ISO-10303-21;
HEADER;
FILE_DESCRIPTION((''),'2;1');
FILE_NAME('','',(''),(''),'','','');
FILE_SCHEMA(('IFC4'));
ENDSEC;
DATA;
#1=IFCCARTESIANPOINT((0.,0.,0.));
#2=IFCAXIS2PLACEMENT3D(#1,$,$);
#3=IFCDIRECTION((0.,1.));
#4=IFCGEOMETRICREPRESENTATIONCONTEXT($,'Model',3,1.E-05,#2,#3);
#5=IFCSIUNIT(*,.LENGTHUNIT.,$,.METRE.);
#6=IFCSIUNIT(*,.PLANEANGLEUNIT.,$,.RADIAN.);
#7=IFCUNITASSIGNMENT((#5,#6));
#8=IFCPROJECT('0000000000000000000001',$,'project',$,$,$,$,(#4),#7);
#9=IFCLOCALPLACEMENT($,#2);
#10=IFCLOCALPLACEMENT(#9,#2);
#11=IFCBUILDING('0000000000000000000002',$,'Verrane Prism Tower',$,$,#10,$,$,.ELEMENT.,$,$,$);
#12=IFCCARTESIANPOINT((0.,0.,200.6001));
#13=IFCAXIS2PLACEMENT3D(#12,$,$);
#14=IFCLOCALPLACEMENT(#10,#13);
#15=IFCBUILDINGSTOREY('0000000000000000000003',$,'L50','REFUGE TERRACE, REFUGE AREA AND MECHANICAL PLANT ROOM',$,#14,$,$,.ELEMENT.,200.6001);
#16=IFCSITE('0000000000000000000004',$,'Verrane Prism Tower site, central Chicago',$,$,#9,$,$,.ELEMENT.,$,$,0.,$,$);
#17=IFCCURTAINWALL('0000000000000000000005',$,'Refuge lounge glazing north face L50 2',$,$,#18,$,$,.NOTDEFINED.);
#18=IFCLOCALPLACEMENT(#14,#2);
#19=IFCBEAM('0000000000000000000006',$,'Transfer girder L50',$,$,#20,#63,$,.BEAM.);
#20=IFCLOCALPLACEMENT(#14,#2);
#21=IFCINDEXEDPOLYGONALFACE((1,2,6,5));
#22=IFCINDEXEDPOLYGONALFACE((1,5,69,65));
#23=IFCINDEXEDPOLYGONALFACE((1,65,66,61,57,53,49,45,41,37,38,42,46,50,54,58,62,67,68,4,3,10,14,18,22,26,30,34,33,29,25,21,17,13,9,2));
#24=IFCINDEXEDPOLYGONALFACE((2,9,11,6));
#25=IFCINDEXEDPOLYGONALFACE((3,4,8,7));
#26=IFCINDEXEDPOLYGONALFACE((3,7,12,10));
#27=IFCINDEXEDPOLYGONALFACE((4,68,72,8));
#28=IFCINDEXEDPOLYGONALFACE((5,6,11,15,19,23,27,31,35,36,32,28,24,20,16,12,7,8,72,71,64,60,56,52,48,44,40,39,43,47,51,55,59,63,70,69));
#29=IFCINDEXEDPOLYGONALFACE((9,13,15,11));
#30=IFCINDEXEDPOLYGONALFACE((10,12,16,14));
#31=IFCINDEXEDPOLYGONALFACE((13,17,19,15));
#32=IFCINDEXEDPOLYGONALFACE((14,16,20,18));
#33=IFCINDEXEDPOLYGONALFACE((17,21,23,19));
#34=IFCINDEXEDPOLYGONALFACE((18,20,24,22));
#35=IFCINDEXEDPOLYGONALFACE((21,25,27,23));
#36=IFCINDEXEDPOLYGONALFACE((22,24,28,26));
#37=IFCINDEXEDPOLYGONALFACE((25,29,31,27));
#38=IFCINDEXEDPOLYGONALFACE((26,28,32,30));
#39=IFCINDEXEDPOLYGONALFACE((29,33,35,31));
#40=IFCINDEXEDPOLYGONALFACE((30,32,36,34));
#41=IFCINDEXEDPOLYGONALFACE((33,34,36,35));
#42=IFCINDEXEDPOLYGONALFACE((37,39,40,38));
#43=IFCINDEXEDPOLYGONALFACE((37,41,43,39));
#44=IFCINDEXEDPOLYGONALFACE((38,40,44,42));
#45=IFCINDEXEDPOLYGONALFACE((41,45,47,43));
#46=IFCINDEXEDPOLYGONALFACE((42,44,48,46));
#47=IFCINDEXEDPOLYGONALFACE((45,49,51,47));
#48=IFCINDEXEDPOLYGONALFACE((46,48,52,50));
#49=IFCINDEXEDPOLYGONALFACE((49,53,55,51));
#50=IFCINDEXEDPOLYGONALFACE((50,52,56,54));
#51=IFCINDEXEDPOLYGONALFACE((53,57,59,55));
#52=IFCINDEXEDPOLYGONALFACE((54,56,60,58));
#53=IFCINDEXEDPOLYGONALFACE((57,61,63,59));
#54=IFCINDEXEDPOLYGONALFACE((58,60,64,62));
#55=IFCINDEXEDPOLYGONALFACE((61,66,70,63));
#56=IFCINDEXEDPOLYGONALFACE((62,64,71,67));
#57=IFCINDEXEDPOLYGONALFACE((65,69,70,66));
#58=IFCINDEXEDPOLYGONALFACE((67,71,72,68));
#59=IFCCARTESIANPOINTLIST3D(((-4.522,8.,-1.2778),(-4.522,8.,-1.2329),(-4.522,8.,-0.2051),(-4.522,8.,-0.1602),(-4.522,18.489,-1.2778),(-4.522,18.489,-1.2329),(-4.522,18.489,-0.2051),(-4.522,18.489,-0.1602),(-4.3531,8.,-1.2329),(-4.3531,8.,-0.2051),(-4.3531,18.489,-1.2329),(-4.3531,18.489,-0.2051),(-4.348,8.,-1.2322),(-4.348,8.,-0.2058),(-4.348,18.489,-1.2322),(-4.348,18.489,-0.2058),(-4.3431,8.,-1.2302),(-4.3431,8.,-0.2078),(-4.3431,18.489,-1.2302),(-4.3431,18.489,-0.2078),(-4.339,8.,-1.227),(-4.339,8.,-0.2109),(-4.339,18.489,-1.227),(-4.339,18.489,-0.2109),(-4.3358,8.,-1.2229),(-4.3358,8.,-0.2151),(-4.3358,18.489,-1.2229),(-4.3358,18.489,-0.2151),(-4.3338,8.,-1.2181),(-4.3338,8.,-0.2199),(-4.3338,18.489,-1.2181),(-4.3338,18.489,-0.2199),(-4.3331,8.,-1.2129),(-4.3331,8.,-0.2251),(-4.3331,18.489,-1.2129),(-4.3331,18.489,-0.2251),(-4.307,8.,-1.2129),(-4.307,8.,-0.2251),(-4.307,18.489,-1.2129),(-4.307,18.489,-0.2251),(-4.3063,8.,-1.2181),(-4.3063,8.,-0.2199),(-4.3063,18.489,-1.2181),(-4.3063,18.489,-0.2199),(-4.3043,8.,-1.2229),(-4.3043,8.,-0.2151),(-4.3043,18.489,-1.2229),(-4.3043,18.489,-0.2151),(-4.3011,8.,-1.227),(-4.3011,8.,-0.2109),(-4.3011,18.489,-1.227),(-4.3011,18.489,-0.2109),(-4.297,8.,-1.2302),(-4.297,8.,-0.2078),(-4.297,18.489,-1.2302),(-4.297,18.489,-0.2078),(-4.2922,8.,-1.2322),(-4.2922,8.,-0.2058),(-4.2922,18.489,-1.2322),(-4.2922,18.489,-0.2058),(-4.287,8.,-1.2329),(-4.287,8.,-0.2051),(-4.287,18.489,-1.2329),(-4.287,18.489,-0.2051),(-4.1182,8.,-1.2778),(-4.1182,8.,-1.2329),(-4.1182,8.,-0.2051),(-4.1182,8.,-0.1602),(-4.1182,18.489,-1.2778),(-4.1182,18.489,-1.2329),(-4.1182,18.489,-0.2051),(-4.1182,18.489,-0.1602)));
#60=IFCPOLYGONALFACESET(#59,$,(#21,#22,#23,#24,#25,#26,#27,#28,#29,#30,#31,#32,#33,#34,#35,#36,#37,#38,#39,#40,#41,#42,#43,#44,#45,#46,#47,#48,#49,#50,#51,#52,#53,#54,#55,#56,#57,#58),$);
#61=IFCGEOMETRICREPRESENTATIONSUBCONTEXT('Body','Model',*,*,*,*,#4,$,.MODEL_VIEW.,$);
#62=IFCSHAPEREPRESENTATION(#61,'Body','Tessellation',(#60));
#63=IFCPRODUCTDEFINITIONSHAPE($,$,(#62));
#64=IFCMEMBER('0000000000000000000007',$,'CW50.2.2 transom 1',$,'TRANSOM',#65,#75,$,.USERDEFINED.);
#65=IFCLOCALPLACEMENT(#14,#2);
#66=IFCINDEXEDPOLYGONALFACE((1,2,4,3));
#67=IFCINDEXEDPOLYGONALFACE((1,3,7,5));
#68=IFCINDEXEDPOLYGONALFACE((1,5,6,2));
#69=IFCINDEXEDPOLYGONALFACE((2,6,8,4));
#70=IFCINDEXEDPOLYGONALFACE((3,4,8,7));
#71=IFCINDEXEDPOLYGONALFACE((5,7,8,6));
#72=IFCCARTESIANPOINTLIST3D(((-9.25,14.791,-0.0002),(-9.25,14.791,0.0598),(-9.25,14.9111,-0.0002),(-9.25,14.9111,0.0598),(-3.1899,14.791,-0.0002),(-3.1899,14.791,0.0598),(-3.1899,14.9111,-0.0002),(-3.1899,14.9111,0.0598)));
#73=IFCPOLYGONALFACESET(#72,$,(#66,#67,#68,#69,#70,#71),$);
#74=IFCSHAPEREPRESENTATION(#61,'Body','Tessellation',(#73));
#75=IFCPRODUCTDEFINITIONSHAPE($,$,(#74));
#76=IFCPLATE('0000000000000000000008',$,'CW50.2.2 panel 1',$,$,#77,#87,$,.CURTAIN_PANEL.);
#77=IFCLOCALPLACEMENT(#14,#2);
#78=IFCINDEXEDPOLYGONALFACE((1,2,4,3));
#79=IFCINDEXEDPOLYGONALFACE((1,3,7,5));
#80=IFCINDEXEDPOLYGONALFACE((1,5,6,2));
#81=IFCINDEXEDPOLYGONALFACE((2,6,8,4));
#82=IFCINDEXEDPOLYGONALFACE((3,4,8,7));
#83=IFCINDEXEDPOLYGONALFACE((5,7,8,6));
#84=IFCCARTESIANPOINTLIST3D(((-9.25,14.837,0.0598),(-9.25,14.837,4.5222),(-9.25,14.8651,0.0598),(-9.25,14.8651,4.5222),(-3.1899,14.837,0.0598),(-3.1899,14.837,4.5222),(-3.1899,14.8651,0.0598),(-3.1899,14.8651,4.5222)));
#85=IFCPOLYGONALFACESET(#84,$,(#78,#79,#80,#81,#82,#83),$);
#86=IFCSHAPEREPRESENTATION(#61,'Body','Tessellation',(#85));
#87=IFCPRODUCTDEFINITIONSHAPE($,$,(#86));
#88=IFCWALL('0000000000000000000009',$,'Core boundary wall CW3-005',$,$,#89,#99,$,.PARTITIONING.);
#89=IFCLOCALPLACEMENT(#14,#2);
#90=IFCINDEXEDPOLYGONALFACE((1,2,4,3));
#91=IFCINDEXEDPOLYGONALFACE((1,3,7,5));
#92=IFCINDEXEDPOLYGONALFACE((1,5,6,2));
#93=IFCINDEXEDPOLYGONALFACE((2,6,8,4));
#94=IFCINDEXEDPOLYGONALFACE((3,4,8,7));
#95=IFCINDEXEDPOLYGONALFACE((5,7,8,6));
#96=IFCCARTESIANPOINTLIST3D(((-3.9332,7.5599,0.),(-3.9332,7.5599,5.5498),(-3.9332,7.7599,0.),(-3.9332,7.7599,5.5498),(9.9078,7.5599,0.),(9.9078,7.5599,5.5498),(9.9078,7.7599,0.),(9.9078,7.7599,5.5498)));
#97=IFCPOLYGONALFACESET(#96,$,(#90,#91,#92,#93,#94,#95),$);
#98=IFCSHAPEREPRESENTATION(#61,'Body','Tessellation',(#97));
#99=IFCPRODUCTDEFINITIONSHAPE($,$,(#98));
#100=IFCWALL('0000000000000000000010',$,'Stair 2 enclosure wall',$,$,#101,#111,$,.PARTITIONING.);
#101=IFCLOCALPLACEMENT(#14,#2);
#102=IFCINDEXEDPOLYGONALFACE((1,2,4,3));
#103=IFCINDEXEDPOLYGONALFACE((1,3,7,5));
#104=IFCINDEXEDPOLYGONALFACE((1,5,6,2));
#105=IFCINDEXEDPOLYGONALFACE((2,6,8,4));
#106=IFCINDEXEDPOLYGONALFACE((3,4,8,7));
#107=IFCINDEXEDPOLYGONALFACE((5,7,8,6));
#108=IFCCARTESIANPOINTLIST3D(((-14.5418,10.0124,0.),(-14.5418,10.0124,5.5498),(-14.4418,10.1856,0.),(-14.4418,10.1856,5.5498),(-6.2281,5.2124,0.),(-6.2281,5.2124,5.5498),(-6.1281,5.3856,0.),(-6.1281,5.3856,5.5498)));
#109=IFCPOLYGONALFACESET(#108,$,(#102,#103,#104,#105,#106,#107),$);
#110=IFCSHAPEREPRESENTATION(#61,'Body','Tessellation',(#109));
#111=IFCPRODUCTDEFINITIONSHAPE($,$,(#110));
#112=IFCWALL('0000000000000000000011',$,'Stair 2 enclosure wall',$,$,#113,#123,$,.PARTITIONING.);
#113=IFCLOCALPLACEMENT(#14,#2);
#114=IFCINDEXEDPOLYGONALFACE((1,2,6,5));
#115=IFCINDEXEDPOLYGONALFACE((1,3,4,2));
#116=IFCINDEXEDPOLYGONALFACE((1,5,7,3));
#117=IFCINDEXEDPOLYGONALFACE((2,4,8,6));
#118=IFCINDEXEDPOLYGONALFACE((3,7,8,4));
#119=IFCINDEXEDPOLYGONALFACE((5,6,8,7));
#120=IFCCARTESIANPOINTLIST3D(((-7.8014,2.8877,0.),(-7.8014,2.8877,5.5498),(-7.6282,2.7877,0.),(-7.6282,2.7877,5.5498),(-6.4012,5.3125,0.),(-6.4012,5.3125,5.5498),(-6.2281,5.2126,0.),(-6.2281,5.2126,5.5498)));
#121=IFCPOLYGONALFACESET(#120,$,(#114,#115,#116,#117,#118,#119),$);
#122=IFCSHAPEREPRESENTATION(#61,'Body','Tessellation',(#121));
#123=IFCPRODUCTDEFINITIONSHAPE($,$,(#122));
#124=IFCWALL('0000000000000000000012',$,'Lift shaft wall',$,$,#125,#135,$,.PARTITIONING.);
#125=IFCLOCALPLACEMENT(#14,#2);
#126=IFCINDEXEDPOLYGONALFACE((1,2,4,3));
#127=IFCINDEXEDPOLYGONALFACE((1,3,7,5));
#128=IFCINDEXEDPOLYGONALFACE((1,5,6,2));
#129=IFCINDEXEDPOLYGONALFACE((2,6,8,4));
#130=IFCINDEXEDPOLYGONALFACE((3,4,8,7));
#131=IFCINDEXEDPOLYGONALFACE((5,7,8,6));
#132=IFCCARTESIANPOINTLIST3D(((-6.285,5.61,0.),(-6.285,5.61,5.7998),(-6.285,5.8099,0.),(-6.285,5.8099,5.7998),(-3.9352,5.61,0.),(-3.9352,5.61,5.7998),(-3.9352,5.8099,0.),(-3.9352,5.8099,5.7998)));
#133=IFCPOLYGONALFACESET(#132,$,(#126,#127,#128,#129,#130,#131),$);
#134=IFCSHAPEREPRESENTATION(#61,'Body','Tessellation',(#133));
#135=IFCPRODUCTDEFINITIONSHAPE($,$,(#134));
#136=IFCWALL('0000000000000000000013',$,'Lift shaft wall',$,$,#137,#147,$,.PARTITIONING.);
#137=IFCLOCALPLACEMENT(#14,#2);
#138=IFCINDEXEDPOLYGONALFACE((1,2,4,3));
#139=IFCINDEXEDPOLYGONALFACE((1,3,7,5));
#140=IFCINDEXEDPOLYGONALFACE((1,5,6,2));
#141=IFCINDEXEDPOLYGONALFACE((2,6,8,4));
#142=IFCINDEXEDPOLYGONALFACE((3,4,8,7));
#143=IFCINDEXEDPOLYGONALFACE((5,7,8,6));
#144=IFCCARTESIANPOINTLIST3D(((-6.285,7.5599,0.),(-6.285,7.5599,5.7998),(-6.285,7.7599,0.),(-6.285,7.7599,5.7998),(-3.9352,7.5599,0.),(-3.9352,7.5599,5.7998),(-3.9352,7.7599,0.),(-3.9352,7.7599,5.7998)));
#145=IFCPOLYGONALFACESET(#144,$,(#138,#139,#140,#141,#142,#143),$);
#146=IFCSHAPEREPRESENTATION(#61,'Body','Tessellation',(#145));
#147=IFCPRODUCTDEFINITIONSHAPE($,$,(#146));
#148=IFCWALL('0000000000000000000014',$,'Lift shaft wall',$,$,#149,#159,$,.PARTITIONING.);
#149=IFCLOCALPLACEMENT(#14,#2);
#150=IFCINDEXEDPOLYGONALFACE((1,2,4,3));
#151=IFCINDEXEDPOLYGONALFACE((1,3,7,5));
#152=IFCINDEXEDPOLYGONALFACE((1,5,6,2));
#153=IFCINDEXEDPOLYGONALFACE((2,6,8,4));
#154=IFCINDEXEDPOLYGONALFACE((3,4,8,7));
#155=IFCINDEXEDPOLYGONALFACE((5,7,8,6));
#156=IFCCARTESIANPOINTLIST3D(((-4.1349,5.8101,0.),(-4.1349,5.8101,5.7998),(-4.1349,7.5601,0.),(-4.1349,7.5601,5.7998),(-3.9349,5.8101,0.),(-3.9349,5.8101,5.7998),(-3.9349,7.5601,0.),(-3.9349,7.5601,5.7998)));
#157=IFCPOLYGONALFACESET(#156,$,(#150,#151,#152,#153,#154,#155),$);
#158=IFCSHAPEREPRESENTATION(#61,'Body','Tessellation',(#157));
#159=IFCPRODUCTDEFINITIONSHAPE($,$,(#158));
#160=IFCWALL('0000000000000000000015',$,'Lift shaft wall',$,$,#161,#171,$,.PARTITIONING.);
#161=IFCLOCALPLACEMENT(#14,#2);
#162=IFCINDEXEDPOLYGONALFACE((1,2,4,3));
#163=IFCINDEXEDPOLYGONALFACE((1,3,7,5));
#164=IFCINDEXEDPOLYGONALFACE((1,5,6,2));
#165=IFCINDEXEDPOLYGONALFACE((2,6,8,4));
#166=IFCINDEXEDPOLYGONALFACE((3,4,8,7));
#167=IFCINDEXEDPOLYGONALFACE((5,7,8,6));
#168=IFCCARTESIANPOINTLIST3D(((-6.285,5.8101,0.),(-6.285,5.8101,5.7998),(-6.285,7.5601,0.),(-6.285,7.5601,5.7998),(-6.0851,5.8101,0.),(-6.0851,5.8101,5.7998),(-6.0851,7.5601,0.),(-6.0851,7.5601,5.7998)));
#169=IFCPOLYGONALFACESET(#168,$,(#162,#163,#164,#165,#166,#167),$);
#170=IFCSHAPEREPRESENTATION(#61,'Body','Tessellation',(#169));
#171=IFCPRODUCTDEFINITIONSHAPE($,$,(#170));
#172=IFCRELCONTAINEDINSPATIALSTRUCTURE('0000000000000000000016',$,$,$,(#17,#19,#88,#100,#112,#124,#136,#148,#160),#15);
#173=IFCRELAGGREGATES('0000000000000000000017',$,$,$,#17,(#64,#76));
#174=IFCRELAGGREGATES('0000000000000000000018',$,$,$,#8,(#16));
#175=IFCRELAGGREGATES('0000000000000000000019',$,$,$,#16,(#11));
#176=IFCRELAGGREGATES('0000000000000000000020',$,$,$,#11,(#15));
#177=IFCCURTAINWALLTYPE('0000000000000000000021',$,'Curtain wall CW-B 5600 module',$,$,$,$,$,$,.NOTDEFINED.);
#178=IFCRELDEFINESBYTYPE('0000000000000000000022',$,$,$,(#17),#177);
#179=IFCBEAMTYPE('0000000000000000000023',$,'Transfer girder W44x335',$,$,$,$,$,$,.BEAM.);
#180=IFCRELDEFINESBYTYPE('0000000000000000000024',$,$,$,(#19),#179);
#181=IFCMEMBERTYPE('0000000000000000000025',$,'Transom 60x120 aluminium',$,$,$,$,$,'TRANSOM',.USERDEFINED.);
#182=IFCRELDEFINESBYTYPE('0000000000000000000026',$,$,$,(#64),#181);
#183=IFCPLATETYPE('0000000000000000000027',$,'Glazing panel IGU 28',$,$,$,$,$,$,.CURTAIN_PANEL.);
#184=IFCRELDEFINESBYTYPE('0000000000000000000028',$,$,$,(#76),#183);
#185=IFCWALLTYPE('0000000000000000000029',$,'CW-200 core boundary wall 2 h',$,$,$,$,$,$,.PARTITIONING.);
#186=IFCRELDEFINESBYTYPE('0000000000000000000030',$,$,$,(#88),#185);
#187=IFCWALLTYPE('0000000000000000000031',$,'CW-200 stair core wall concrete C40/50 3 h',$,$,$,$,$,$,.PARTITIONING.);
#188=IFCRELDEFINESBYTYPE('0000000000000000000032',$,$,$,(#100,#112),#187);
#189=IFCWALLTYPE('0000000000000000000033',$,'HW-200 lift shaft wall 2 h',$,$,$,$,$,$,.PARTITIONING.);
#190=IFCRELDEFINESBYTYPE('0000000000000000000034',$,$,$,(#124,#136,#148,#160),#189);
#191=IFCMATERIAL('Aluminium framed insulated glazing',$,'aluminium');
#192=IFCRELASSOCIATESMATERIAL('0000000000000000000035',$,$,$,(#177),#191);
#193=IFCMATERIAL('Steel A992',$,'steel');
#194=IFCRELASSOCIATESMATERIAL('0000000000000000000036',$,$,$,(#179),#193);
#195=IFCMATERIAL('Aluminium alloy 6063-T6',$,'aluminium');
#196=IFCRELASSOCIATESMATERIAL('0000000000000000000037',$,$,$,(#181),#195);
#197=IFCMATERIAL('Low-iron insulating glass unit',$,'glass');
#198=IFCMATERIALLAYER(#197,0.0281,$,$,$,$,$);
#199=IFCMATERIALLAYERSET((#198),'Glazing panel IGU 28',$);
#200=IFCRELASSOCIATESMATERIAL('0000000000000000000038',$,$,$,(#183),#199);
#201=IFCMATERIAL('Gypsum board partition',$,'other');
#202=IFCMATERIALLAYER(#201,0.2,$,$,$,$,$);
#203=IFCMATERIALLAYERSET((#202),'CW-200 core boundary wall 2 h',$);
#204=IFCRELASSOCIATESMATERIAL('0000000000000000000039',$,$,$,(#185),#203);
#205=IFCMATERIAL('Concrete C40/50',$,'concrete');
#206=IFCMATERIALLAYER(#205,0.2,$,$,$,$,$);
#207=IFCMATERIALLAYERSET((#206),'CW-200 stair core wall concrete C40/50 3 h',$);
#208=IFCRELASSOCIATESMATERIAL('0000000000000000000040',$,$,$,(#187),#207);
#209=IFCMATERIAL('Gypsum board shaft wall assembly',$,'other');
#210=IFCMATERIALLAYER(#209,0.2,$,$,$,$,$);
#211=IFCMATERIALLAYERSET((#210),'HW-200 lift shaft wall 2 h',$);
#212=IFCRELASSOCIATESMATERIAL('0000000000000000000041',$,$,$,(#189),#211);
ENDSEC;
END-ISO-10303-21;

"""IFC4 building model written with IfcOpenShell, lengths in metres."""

from ifc_helpers import new_model, si_unit, direction, frame, frame_2d, origin, origin_2d, place, context, subcontext, project, spatial, rectangle, i_section, extrude, material, layer, layer_set, material_profile, profile_set, type_object, element, aggregate, save


model = new_model("IFC4")

# Units and contexts
model_context = context("Model", 3, precision=1e-05, world=origin(), true_north=direction((0.0, 1.0)))
body_context = subcontext(model_context, "Body", "Model", "MODEL_VIEW")
ifc_project = project(units=[si_unit("LENGTHUNIT", "METRE"), si_unit("PLANEANGLEUNIT", "RADIAN")], contexts=[model_context])

# Site, building, storey
site_placement = place(None, origin())
site = spatial("IfcSite", under=ifc_project, at=site_placement, Name="Verrane Prism Tower site, central Chicago", CompositionType="ELEMENT", RefElevation=0.0)
building_placement = place(site_placement, origin())
building = spatial("IfcBuilding", under=site, at=building_placement, Name="Verrane Prism Tower", CompositionType="ELEMENT")
storey_placement = place(building_placement, frame((0.0, 0.0, 200.6001)))
storey = spatial("IfcBuildingStorey", under=building, at=storey_placement, Name="L50", Description="REFUGE TERRACE, REFUGE AREA AND MECHANICAL PLANT ROOM", CompositionType="ELEMENT", Elevation=200.6001)

# Curtain wall
ifc_material_1 = material(Name="Aluminium framed insulated glazing", Category="aluminium")
curtain_wall_type = type_object("IfcCurtainWallType", Name="Curtain wall CW-B 5600 module", PredefinedType="NOTDEFINED", material=ifc_material_1)
curtain_wall_placement = place(storey_placement, origin())
curtain_wall = element("IfcCurtainWall", 1, at=curtain_wall_placement, inside=storey, type_object=curtain_wall_type, Name="Refuge lounge glazing north face L50 2", PredefinedType="NOTDEFINED")

# Beam
ifc_material_2 = material(Name="Steel A992", Category="steel")
ifc_material_profile_1 = material_profile(ifc_material_2, i_section(OverallWidth=0.4038, OverallDepth=1.1177, WebThickness=0.0261, FlangeThickness=0.0449, FilletRadius=0.02, at=origin_2d()), Name="W44x335")
ifc_profile_set_1 = profile_set([ifc_material_profile_1], Name="Steel A992")
beam_type_1 = type_object("IfcBeamType", Name="Transfer girder W44x335", PredefinedType="BEAM", material=ifc_profile_set_1)
beam_1_placement = place(storey_placement, frame((-4.3201, 18.489, -0.719), z_axis=(0.0, -1.0, 0.0), x_axis=(1.0, 0.0, 0.0)))
element("IfcBeam", 2, at=beam_1_placement, inside=storey, type_object=beam_type_1, Name="Transfer girder L50", PredefinedType="BEAM", context=body_context, shape_type="SweptSolid", body=[
    extrude(i_section(OverallWidth=0.4038, OverallDepth=1.1177, WebThickness=0.0261, FlangeThickness=0.0449, FilletRadius=0.02, at=origin_2d()), origin(), (0.0, 0.0, 1.0), 10.489),
])

# Member
ifc_material_3 = material(Name="Aluminium alloy 6063-T6", Category="aluminium")
ifc_material_profile_2 = material_profile(ifc_material_3, rectangle(XDim=0.1201, YDim=0.0601, at=origin_2d()), Name="Transom 60x120 aluminium")
ifc_profile_set_2 = profile_set([ifc_material_profile_2], Name="Aluminium alloy 6063-T6")
member_type_1 = type_object("IfcMemberType", Name="Transom 60x120 aluminium", ElementType="TRANSOM", PredefinedType="USERDEFINED", material=ifc_profile_set_2)
member_1_placement = place(storey_placement, frame((-3.1899, 14.8511, 0.0298), z_axis=(-1.0, 0.0, 0.0), x_axis=(0.0, -1.0, 0.0)))
member_1 = element("IfcMember", 3, at=member_1_placement, type_object=member_type_1, Name="CW50.2.2 transom 1", ObjectType="TRANSOM", PredefinedType="USERDEFINED", context=body_context, shape_type="SweptSolid", body=[
    extrude(rectangle(XDim=0.1201, YDim=0.0601, at=origin_2d()), origin(), (0.0, 0.0, 1.0), 6.0601),
])

# Plate
ifc_material_4 = material(Name="Low-iron insulating glass unit", Category="glass")
ifc_layer_1 = layer(ifc_material_4, 0.0281)
ifc_layer_set_1 = layer_set([ifc_layer_1], Name="Glazing panel IGU 28")
plate_type = type_object("IfcPlateType", Name="Glazing panel IGU 28", PredefinedType="CURTAIN_PANEL", material=ifc_layer_set_1)
plate_placement = place(storey_placement, frame((-6.22, 14.8511, 0.0598), z_axis=(0.0, 0.0, 1.0), x_axis=(-1.0, 0.0, 0.0)))
plate = element("IfcPlate", 4, at=plate_placement, type_object=plate_type, Name="CW50.2.2 panel 1", PredefinedType="CURTAIN_PANEL", context=body_context, shape_type="SweptSolid", body=[
    extrude(rectangle(XDim=6.0601, YDim=0.0281, at=origin_2d()), origin(), (0.0, 0.0, 1.0), 4.4624),
])
aggregate(curtain_wall, [member_1, plate])

# Walls
ifc_material_5 = material(Name="Gypsum board partition", Category="other")
ifc_layer_2 = layer(ifc_material_5, 0.2)
ifc_layer_set_2 = layer_set([ifc_layer_2], Name="CW-200 core boundary wall 2 h")
wall_type_1 = type_object("IfcWallType", Name="CW-200 core boundary wall 2 h", PredefinedType="PARTITIONING", material=ifc_layer_set_2)
wall_1_placement = place(storey_placement, frame((-3.9331, 7.6599, 0.0), z_axis=(0.0, 0.0, 1.0), x_axis=(1.0, 0.0, 0.0)))
element("IfcWall", 5, at=wall_1_placement, inside=storey, type_object=wall_type_1, Name="Core boundary wall CW3-005", PredefinedType="PARTITIONING", context=body_context, shape_type="SweptSolid", body=[
    extrude(rectangle(XDim=13.8411, YDim=0.2, at=frame_2d((6.9204, 0.0))), origin(), (0.0, 0.0, 1.0), 5.5498),
])
ifc_material_6 = material(Name="Concrete C40/50", Category="concrete")
ifc_layer_3 = layer(ifc_material_6, 0.2)
ifc_layer_set_3 = layer_set([ifc_layer_3], Name="CW-200 stair core wall concrete C40/50 3 h")
wall_type_2 = type_object("IfcWallType", Name="CW-200 stair core wall concrete C40/50 3 h", PredefinedType="PARTITIONING", material=ifc_layer_set_3)
wall_2_placement = place(storey_placement, frame((-6.1782, 5.2991, 0.0), z_axis=(0.0, 0.0, 1.0), x_axis=(-0.86602, 0.500009, 0.0)))
element("IfcWall", 6, at=wall_2_placement, inside=storey, type_object=wall_type_2, Name="Stair 2 enclosure wall", PredefinedType="PARTITIONING", context=body_context, shape_type="SweptSolid", body=[
    extrude(rectangle(XDim=9.5999, YDim=0.2, at=frame_2d((4.7998, 0.0))), origin(), (0.0, 0.0, 1.0), 5.5498),
])
wall_3_placement = place(storey_placement, frame((-6.3147, 5.2625, 0.0), z_axis=(0.0, 0.0, 1.0), x_axis=(-0.50005, -0.865997, 0.0)))
element("IfcWall", 7, at=wall_3_placement, inside=storey, type_object=wall_type_2, Name="Stair 2 enclosure wall", PredefinedType="PARTITIONING", context=body_context, shape_type="SweptSolid", body=[
    extrude(rectangle(XDim=2.8, YDim=0.2, at=frame_2d((1.3999, 0.0))), origin(), (0.0, 0.0, 1.0), 5.5498),
])
ifc_material_7 = material(Name="Gypsum board shaft wall assembly", Category="other")
ifc_layer_4 = layer(ifc_material_7, 0.2)
ifc_layer_set_4 = layer_set([ifc_layer_4], Name="HW-200 lift shaft wall 2 h")
wall_type_3 = type_object("IfcWallType", Name="HW-200 lift shaft wall 2 h", PredefinedType="PARTITIONING", material=ifc_layer_set_4)
for number, where, z_axis, x_axis, name in (
    (8, (-6.2849, 5.71, 0.0), (0.0, 0.0, 1.0), (1.0, 0.0, 0.0), "Lift shaft wall"),
    (9, (-6.2849, 7.6599, 0.0), (0.0, 0.0, 1.0), (1.0, 0.0, 0.0), "Lift shaft wall"),
):
    element("IfcWall", number, at=place(storey_placement, frame(where, z_axis=z_axis, x_axis=x_axis)), inside=storey, type_object=wall_type_3, Name=name, PredefinedType="PARTITIONING", context=body_context, shape_type="SweptSolid", body=[
        extrude(rectangle(XDim=2.3499, YDim=0.2, at=frame_2d((1.1748, 0.0))), origin(), (0.0, 0.0, 1.0), 5.7998),
    ])
for number, where, z_axis, x_axis, name in (
    (10, (-4.0349, 5.8101, 0.0), (0.0, 0.0, 1.0), (0.0, 1.0, 0.0), "Lift shaft wall"),
    (11, (-6.1851, 5.8101, 0.0), (0.0, 0.0, 1.0), (0.0, 1.0, 0.0), "Lift shaft wall"),
):
    element("IfcWall", number, at=place(storey_placement, frame(where, z_axis=z_axis, x_axis=x_axis)), inside=storey, type_object=wall_type_3, Name=name, PredefinedType="PARTITIONING", context=body_context, shape_type="SweptSolid", body=[
        extrude(rectangle(XDim=1.75, YDim=0.2, at=frame_2d((0.875, 0.0))), origin(), (0.0, 0.0, 1.0), 5.7998),
    ])

save(model, "model.ifc")
